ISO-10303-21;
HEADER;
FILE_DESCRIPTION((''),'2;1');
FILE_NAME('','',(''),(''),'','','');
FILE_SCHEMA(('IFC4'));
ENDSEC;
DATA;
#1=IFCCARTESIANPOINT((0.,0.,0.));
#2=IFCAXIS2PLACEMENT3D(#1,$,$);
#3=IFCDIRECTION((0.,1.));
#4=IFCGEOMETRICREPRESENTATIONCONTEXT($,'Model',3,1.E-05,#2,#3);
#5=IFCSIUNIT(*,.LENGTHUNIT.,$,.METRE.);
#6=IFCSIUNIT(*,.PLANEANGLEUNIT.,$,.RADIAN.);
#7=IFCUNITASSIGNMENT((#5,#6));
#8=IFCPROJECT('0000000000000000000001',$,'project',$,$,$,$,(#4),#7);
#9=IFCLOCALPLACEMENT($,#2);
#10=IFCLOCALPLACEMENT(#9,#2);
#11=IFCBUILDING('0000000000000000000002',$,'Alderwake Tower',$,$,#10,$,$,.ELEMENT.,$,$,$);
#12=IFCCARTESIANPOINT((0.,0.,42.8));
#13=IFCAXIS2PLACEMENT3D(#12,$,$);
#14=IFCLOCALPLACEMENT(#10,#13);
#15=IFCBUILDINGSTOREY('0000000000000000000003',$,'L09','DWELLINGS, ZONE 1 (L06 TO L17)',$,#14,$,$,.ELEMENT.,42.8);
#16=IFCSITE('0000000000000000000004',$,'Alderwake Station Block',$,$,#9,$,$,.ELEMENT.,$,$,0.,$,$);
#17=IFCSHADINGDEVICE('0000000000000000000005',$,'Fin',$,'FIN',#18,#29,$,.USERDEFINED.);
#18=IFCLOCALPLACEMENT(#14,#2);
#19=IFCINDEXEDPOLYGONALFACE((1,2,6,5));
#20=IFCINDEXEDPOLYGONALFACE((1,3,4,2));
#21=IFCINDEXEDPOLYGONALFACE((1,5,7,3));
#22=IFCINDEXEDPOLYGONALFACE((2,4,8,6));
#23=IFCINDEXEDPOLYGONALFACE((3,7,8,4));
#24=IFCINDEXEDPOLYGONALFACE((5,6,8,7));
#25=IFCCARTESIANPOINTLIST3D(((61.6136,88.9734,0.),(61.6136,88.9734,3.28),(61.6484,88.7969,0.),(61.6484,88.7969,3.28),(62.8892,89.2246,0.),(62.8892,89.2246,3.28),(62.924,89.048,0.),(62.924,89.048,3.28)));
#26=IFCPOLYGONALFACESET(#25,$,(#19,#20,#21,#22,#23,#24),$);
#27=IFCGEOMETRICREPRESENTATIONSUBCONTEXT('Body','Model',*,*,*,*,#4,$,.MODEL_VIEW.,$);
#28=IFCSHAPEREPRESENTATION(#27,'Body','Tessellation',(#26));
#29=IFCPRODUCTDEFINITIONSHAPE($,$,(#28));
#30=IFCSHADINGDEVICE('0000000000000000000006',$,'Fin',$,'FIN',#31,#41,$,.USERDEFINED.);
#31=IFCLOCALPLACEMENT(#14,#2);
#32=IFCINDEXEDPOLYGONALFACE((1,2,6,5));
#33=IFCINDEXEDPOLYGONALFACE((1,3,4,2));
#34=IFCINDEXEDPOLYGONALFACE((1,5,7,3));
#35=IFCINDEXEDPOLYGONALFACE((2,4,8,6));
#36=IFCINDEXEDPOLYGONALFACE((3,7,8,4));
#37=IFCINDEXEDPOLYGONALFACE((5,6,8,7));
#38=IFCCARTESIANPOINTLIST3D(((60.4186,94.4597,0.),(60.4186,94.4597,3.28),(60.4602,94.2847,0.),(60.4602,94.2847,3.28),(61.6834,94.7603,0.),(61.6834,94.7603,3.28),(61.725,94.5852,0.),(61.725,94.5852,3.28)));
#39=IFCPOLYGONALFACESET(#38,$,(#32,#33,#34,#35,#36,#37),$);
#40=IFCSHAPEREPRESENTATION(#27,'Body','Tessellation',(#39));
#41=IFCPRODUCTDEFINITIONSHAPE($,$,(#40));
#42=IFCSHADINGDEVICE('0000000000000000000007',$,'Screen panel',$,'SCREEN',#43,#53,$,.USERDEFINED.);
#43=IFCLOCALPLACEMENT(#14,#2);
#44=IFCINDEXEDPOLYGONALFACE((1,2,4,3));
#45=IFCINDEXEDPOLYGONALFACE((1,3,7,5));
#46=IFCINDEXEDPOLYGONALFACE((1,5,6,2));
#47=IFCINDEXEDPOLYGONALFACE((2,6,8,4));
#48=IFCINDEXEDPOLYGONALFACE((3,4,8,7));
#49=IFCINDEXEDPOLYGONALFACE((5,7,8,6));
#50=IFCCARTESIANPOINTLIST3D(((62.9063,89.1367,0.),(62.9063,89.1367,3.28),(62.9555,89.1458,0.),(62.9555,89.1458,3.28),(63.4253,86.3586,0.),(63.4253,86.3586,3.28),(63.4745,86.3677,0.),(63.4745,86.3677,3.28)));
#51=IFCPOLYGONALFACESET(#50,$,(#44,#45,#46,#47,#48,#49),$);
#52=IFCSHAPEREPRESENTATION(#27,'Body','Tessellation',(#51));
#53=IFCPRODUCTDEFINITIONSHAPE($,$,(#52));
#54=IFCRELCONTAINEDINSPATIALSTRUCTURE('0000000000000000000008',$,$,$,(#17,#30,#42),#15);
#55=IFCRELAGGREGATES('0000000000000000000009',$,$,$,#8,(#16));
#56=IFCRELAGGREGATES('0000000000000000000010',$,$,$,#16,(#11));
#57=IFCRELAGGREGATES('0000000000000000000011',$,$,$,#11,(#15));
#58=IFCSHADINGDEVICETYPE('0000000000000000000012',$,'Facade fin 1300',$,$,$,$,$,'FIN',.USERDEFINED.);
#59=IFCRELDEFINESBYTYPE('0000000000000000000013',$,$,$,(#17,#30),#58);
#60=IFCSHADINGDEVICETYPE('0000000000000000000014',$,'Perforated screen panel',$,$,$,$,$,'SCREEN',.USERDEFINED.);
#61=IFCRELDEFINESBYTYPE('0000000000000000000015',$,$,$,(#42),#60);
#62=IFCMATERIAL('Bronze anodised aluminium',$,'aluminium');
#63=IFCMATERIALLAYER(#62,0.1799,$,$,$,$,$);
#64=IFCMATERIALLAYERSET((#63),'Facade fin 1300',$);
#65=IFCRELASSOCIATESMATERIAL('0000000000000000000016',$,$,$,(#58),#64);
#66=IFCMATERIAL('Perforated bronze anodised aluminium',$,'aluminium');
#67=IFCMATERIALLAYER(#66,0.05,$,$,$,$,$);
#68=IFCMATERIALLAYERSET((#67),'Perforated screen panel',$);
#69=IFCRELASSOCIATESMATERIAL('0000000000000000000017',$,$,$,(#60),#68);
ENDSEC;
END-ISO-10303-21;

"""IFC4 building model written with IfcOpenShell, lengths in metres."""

from ifc_helpers import new_model, si_unit, direction, frame, origin, origin_2d, place, context, subcontext, project, spatial, rectangle, extrude, material, layer, layer_set, type_object, element, save


model = new_model("IFC4")

# Units and contexts
model_context = context("Model", 3, precision=1e-05, world=origin(), true_north=direction((0.0, 1.0)))
body_context = subcontext(model_context, "Body", "Model", "MODEL_VIEW")
ifc_project = project(units=[si_unit("LENGTHUNIT", "METRE"), si_unit("PLANEANGLEUNIT", "RADIAN")], contexts=[model_context])

# Site, building, storey
site_placement = place(None, origin())
site = spatial("IfcSite", under=ifc_project, at=site_placement, Name="Alderwake Station Block", CompositionType="ELEMENT", RefElevation=0.0)
building_placement = place(site_placement, origin())
building = spatial("IfcBuilding", under=site, at=building_placement, Name="Alderwake Tower", CompositionType="ELEMENT")
storey_placement = place(building_placement, frame((0.0, 0.0, 42.8)))
storey = spatial("IfcBuildingStorey", under=building, at=storey_placement, Name="L09", Description="DWELLINGS, ZONE 1 (L06 TO L17)", CompositionType="ELEMENT", Elevation=42.8)

# Shading devices
ifc_material_1 = material(Name="Bronze anodised aluminium", Category="aluminium")
ifc_layer_1 = layer(ifc_material_1, 0.1799)
ifc_layer_set_1 = layer_set([ifc_layer_1], Name="Facade fin 1300")
shading_device_type_1 = type_object("IfcShadingDeviceType", Name="Facade fin 1300", ElementType="FIN", PredefinedType="USERDEFINED", material=ifc_layer_set_1)
for number, where, z_axis, x_axis, name in (
    (1, (62.2688, 89.0107, 0.0), (0.0, 0.0, 1.0), (0.981164, 0.193178, 0.0), "Fin"),
    (2, (61.0718, 94.5225, 0.0), (0.0, 0.0, 1.0), (0.972909, 0.231189, 0.0), "Fin"),
):
    element("IfcShadingDevice", number, at=place(storey_placement, frame(where, z_axis=z_axis, x_axis=x_axis)), inside=storey, type_object=shading_device_type_1, Name=name, ObjectType="FIN", PredefinedType="USERDEFINED", context=body_context, shape_type="SweptSolid", body=[
        extrude(rectangle(XDim=1.3, YDim=0.1799, at=origin_2d()), origin(), (0.0, 0.0, 1.0), 3.28),
    ])
ifc_material_2 = material(Name="Perforated bronze anodised aluminium", Category="aluminium")
ifc_layer_2 = layer(ifc_material_2, 0.05)
ifc_layer_set_2 = layer_set([ifc_layer_2], Name="Perforated screen panel")
shading_device_type_2 = type_object("IfcShadingDeviceType", Name="Perforated screen panel", ElementType="SCREEN", PredefinedType="USERDEFINED", material=ifc_layer_set_2)
shading_device_placement = place(storey_placement, frame((63.1904, 87.7522, 0.0), z_axis=(0.0, 0.0, 1.0), x_axis=(0.982991, 0.183651, 0.0)))
element("IfcShadingDevice", 3, at=shading_device_placement, inside=storey, type_object=shading_device_type_2, Name="Screen panel", ObjectType="SCREEN", PredefinedType="USERDEFINED", context=body_context, shape_type="SweptSolid", body=[
    extrude(rectangle(XDim=0.05, YDim=2.8262, at=origin_2d()), origin(), (0.0, 0.0, 1.0), 3.28),
])

save(model, "model.ifc")
